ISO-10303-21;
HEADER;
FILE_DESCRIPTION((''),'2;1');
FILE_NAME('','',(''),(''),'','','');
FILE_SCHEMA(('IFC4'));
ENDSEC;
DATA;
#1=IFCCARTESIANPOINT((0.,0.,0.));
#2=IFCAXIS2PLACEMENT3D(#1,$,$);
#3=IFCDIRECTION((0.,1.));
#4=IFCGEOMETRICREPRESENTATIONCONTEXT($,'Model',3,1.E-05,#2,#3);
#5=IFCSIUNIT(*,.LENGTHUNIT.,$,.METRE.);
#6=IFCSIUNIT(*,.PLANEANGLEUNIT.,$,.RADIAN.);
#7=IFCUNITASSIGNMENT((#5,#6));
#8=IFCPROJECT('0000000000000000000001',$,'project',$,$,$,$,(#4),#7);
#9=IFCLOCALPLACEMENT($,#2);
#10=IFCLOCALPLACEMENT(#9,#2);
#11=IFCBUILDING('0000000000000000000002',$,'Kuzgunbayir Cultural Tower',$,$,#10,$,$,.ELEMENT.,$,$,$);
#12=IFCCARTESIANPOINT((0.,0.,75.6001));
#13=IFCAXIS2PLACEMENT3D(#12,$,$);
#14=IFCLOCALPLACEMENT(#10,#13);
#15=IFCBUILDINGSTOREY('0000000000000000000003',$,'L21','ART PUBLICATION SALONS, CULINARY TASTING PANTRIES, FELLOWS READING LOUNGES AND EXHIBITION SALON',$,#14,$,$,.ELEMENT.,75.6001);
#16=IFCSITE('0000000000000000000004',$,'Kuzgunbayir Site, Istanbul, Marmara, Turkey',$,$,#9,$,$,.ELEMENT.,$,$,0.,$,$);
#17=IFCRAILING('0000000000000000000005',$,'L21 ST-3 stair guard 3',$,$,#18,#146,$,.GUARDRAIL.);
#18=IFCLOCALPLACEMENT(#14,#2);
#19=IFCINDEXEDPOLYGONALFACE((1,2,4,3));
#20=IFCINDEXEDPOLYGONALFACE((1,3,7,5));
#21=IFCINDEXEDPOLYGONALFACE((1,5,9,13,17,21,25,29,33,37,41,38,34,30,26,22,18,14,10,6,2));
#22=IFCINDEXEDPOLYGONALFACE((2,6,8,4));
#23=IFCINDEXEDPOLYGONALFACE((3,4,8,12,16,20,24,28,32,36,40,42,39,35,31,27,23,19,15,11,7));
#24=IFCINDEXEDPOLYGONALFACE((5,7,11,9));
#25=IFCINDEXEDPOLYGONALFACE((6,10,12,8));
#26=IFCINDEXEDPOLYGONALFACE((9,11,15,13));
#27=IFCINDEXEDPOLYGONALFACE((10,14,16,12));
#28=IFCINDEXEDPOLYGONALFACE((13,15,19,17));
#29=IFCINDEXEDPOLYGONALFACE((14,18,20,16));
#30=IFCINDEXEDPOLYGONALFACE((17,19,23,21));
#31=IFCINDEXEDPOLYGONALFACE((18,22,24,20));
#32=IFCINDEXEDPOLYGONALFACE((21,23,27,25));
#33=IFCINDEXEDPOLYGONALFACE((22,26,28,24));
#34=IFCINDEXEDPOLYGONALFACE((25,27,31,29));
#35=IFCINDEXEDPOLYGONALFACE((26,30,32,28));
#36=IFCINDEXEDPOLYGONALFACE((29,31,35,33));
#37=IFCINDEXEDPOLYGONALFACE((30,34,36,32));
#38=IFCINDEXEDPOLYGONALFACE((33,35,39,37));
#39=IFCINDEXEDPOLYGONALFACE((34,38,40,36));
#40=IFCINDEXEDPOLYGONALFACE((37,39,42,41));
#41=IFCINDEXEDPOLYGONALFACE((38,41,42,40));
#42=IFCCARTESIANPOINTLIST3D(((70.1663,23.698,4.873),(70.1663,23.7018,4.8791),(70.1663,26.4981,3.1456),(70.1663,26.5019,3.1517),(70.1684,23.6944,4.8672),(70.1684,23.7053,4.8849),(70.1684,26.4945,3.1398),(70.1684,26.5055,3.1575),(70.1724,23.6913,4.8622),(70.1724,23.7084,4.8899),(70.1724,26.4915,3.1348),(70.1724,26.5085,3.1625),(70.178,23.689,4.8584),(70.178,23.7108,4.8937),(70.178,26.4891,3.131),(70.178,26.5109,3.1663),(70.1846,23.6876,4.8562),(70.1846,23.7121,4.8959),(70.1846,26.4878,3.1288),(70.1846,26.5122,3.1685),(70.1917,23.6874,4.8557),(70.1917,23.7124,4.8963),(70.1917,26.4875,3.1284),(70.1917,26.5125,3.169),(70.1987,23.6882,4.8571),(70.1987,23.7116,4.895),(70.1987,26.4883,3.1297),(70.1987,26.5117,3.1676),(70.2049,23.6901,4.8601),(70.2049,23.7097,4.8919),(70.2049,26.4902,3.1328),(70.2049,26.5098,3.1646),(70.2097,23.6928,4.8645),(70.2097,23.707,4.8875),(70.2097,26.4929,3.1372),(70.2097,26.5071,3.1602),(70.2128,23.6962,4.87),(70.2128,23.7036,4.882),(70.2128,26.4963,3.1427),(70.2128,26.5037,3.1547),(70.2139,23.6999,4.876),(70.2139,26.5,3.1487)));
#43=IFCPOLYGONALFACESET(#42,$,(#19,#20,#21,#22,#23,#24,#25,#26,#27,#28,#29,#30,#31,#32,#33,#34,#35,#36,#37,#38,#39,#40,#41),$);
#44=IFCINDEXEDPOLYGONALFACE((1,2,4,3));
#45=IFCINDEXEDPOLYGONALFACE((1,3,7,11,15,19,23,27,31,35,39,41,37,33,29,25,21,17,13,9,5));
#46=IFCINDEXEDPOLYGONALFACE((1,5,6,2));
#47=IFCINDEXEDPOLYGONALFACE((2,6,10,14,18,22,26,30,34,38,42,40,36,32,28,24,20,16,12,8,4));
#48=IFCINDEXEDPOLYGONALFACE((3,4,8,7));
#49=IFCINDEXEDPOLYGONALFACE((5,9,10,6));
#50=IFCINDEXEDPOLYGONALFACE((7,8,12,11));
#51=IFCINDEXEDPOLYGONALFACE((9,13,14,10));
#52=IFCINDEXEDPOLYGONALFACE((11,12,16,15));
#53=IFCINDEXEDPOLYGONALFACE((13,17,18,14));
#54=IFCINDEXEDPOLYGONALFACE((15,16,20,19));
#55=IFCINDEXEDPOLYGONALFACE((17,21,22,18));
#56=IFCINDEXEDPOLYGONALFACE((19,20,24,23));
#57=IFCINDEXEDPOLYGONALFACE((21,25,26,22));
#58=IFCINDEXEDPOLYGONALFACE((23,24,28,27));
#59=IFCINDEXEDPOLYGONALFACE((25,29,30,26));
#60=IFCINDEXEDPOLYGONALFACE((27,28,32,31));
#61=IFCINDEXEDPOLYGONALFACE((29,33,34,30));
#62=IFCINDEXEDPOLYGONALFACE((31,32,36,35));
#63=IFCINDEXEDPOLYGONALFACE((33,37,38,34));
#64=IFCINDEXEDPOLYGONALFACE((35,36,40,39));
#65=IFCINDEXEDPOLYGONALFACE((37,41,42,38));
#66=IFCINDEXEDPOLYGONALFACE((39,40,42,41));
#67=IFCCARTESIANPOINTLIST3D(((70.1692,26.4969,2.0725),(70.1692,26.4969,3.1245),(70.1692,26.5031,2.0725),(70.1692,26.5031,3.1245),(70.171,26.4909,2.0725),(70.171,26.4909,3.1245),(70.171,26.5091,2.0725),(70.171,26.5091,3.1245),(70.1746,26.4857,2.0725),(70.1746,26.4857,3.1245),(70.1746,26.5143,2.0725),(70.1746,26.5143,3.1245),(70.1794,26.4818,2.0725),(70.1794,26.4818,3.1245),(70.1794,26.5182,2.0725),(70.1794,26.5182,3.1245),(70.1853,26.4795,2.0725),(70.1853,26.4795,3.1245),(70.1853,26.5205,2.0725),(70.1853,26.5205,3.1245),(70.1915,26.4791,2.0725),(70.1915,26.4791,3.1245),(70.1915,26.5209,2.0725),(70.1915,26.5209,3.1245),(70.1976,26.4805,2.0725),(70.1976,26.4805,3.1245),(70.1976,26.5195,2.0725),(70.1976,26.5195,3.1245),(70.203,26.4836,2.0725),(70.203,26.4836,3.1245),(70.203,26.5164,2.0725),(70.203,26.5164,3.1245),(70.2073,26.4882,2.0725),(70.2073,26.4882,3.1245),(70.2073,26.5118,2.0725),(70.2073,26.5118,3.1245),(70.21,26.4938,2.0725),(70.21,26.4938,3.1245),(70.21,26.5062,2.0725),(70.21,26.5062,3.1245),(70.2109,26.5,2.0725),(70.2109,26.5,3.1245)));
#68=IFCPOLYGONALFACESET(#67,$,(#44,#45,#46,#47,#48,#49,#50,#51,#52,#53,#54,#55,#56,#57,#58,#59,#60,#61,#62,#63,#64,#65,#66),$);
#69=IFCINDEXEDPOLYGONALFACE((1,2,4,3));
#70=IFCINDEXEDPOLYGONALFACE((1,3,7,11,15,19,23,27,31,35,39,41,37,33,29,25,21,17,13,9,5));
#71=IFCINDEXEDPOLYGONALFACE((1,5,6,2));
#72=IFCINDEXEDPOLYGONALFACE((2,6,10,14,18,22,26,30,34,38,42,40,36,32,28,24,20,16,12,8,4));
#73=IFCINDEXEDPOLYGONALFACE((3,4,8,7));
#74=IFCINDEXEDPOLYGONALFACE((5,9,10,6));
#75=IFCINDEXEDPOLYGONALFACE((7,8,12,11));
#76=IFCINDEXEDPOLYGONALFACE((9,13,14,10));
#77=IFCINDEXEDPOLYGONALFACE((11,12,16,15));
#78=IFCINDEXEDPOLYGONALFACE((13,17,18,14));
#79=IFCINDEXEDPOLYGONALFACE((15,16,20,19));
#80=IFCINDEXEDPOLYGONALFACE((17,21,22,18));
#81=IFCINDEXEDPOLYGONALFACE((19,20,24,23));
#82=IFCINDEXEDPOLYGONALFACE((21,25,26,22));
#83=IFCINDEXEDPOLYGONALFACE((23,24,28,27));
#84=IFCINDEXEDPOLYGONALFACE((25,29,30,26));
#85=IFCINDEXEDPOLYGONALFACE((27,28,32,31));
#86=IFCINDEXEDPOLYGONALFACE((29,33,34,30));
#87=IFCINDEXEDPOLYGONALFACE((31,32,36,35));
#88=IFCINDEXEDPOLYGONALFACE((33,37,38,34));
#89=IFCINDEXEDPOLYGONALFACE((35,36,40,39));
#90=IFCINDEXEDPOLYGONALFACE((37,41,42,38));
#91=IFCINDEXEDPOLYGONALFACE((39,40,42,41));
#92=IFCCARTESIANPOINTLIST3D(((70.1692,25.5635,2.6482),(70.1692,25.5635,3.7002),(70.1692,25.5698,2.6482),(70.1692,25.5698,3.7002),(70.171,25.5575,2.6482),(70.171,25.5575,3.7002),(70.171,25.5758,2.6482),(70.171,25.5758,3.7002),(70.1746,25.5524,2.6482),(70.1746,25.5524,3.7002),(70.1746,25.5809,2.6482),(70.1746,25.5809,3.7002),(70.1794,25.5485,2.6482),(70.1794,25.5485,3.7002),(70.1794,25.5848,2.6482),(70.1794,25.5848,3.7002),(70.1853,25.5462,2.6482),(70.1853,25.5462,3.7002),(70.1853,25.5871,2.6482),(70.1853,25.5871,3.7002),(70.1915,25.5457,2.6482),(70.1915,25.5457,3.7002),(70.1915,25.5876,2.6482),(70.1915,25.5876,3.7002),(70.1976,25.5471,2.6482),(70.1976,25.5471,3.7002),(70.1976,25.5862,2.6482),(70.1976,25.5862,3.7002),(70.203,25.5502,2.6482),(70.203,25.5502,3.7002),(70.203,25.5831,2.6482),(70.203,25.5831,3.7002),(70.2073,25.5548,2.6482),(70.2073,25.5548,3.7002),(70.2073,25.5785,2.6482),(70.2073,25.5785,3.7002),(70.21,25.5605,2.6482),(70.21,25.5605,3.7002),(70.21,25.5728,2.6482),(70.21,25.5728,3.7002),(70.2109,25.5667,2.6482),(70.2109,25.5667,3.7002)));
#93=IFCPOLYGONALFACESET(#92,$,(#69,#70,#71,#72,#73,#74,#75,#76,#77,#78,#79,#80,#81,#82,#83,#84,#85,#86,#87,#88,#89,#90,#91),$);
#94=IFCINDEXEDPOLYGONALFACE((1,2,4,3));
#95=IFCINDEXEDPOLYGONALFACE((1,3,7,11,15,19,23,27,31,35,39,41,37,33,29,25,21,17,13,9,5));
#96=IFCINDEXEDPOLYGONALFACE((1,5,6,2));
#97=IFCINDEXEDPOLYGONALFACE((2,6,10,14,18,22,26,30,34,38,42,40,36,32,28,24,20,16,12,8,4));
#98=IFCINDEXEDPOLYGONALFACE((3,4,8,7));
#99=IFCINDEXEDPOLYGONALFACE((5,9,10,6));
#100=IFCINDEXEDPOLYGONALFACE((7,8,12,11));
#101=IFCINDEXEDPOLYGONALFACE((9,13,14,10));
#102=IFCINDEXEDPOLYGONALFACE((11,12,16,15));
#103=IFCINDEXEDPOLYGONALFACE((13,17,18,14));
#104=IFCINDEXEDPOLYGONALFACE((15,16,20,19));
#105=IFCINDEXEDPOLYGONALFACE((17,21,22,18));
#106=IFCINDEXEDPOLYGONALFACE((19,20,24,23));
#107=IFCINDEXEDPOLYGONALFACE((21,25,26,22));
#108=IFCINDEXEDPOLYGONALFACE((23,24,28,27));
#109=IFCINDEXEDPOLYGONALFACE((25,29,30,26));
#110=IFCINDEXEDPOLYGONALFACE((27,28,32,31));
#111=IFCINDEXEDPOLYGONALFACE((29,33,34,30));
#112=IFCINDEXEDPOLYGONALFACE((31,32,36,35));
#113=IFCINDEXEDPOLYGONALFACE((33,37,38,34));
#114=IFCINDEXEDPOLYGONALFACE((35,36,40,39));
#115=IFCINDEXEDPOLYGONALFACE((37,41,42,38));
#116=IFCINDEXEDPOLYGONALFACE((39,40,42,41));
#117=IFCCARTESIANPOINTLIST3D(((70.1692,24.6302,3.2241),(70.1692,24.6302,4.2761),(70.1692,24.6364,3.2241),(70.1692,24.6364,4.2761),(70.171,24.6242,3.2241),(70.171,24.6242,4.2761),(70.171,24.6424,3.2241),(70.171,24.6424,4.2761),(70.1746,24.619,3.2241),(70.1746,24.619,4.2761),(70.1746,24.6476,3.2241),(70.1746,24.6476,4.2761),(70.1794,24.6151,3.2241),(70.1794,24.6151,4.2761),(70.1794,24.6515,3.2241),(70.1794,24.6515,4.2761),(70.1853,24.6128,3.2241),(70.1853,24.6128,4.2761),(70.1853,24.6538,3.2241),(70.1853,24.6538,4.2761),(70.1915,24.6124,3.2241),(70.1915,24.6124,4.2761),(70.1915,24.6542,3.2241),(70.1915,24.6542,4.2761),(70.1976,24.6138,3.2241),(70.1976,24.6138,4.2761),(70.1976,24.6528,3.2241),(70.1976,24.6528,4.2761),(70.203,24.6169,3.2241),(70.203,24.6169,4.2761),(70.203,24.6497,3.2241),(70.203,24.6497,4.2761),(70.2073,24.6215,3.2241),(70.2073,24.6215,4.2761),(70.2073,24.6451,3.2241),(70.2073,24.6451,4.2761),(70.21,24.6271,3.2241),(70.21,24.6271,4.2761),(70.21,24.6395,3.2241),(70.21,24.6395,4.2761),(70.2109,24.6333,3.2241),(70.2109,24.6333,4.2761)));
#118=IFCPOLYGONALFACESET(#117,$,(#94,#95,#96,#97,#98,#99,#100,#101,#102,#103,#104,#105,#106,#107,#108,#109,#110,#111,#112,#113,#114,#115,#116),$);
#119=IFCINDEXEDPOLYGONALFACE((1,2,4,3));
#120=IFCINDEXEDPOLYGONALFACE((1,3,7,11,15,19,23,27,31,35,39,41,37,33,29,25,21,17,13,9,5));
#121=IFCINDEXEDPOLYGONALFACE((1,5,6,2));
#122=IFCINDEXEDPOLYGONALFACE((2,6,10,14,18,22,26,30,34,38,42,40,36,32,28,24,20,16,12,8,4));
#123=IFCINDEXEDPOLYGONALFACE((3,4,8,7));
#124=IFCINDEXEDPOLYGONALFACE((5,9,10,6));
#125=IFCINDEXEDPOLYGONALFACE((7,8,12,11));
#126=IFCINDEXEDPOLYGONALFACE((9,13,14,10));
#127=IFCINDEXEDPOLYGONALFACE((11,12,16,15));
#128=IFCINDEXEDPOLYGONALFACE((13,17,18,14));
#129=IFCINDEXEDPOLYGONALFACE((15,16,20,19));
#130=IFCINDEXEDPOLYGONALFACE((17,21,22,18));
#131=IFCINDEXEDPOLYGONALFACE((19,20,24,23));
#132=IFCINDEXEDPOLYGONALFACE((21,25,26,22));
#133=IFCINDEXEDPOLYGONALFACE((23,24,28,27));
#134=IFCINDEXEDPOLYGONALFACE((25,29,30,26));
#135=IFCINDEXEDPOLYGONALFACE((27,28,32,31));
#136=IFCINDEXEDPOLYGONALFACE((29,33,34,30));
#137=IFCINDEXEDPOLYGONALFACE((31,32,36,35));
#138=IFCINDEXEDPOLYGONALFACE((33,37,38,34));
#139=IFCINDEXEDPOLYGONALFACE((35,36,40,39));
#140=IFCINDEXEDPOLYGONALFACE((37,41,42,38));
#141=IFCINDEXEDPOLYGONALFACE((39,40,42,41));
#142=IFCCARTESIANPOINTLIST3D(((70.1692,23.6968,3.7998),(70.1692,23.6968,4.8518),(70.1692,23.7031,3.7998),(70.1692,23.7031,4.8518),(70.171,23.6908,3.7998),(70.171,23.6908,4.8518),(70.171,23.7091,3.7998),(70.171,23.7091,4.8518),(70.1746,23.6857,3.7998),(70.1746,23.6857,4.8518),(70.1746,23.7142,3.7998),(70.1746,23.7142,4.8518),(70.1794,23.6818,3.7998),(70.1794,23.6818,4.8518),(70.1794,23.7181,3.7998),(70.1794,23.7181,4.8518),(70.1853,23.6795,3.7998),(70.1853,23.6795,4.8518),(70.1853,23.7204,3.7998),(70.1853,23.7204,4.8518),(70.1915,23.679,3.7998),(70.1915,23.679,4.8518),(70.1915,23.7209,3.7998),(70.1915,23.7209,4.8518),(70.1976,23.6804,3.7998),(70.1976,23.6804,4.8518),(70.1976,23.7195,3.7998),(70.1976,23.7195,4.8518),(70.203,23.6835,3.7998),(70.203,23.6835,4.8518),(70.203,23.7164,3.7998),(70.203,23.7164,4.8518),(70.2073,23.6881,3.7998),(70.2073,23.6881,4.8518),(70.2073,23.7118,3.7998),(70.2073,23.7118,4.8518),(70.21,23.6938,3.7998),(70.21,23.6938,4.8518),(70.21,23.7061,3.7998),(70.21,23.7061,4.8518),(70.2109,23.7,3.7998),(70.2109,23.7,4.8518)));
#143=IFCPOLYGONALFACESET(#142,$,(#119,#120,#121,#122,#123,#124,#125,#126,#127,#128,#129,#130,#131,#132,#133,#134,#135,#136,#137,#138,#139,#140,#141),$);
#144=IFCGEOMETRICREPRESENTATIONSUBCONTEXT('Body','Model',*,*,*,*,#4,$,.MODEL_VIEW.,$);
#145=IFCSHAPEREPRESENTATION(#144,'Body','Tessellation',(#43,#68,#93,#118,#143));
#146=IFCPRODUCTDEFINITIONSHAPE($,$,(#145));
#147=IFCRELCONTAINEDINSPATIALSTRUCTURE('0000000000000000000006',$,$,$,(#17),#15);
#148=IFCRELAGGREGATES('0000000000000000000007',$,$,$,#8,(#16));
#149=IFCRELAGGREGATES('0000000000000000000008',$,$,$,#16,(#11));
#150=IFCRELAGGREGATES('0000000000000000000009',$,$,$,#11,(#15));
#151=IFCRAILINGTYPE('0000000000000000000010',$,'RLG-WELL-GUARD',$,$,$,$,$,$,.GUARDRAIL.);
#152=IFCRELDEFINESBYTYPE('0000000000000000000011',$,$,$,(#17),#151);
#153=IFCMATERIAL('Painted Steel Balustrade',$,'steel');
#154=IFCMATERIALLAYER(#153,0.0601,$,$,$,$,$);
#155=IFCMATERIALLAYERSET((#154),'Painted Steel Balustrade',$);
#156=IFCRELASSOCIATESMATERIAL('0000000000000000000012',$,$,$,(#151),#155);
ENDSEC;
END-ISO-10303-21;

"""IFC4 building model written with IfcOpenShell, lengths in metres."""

from ifc_helpers import new_model, si_unit, direction, frame, origin, origin_2d, place, context, subcontext, project, spatial, circle, extrude, material, layer, layer_set, type_object, element, save


model = new_model("IFC4")

# Units and contexts
model_context = context("Model", 3, precision=1e-05, world=origin(), true_north=direction((0.0, 1.0)))
body_context = subcontext(model_context, "Body", "Model", "MODEL_VIEW")
ifc_project = project(units=[si_unit("LENGTHUNIT", "METRE"), si_unit("PLANEANGLEUNIT", "RADIAN")], contexts=[model_context])

# Site, building, storey
site_placement = place(None, origin())
site = spatial("IfcSite", under=ifc_project, at=site_placement, Name="Kuzgunbayir Site, Istanbul, Marmara, Turkey", CompositionType="ELEMENT", RefElevation=0.0)
building_placement = place(site_placement, origin())
building = spatial("IfcBuilding", under=site, at=building_placement, Name="Kuzgunbayir Cultural Tower", CompositionType="ELEMENT")
storey_placement = place(building_placement, frame((0.0, 0.0, 75.6001)))
storey = spatial("IfcBuildingStorey", under=building, at=storey_placement, Name="L21", Description="ART PUBLICATION SALONS, CULINARY TASTING PANTRIES, FELLOWS READING LOUNGES AND EXHIBITION SALON", CompositionType="ELEMENT", Elevation=75.6001)

# Railing
ifc_material_1 = material(Name="Painted Steel Balustrade", Category="steel")
ifc_layer_1 = layer(ifc_material_1, 0.0601)
ifc_layer_set_1 = layer_set([ifc_layer_1], Name="Painted Steel Balustrade")
railing_type_1 = type_object("IfcRailingType", Name="RLG-WELL-GUARD", PredefinedType="GUARDRAIL", material=ifc_layer_set_1)
railing_1_placement = place(storey_placement, frame((70.1899, 26.5, 2.0725)))
element("IfcRailing", 1, at=railing_1_placement, inside=storey, type_object=railing_type_1, Name="L21 ST-3 stair guard 3", PredefinedType="GUARDRAIL", context=body_context, shape_type="SweptSolid", body=[
    extrude(circle(Radius=0.0239, at=origin_2d()), frame((0.0, 0.0, 1.0762), z_axis=(0.0, -0.85109, 0.52502), x_axis=(1.0, 0.0, 0.0)), (0.0, 0.0, 1.0), 3.29),
    extrude(circle(Radius=0.021, at=origin_2d()), origin(), (0.0, 0.0, 1.0), 1.052),
    extrude(circle(Radius=0.021, at=origin_2d()), frame((0.0, -0.9333, 0.5757)), (0.0, 0.0, 1.0), 1.052),
    extrude(circle(Radius=0.021, at=origin_2d()), frame((0.0, -1.8667, 1.1516)), (0.0, 0.0, 1.0), 1.052),
    extrude(circle(Radius=0.021, at=origin_2d()), frame((0.0, -2.8, 1.7273)), (0.0, 0.0, 1.0), 1.052),
])

save(model, "model.ifc")
